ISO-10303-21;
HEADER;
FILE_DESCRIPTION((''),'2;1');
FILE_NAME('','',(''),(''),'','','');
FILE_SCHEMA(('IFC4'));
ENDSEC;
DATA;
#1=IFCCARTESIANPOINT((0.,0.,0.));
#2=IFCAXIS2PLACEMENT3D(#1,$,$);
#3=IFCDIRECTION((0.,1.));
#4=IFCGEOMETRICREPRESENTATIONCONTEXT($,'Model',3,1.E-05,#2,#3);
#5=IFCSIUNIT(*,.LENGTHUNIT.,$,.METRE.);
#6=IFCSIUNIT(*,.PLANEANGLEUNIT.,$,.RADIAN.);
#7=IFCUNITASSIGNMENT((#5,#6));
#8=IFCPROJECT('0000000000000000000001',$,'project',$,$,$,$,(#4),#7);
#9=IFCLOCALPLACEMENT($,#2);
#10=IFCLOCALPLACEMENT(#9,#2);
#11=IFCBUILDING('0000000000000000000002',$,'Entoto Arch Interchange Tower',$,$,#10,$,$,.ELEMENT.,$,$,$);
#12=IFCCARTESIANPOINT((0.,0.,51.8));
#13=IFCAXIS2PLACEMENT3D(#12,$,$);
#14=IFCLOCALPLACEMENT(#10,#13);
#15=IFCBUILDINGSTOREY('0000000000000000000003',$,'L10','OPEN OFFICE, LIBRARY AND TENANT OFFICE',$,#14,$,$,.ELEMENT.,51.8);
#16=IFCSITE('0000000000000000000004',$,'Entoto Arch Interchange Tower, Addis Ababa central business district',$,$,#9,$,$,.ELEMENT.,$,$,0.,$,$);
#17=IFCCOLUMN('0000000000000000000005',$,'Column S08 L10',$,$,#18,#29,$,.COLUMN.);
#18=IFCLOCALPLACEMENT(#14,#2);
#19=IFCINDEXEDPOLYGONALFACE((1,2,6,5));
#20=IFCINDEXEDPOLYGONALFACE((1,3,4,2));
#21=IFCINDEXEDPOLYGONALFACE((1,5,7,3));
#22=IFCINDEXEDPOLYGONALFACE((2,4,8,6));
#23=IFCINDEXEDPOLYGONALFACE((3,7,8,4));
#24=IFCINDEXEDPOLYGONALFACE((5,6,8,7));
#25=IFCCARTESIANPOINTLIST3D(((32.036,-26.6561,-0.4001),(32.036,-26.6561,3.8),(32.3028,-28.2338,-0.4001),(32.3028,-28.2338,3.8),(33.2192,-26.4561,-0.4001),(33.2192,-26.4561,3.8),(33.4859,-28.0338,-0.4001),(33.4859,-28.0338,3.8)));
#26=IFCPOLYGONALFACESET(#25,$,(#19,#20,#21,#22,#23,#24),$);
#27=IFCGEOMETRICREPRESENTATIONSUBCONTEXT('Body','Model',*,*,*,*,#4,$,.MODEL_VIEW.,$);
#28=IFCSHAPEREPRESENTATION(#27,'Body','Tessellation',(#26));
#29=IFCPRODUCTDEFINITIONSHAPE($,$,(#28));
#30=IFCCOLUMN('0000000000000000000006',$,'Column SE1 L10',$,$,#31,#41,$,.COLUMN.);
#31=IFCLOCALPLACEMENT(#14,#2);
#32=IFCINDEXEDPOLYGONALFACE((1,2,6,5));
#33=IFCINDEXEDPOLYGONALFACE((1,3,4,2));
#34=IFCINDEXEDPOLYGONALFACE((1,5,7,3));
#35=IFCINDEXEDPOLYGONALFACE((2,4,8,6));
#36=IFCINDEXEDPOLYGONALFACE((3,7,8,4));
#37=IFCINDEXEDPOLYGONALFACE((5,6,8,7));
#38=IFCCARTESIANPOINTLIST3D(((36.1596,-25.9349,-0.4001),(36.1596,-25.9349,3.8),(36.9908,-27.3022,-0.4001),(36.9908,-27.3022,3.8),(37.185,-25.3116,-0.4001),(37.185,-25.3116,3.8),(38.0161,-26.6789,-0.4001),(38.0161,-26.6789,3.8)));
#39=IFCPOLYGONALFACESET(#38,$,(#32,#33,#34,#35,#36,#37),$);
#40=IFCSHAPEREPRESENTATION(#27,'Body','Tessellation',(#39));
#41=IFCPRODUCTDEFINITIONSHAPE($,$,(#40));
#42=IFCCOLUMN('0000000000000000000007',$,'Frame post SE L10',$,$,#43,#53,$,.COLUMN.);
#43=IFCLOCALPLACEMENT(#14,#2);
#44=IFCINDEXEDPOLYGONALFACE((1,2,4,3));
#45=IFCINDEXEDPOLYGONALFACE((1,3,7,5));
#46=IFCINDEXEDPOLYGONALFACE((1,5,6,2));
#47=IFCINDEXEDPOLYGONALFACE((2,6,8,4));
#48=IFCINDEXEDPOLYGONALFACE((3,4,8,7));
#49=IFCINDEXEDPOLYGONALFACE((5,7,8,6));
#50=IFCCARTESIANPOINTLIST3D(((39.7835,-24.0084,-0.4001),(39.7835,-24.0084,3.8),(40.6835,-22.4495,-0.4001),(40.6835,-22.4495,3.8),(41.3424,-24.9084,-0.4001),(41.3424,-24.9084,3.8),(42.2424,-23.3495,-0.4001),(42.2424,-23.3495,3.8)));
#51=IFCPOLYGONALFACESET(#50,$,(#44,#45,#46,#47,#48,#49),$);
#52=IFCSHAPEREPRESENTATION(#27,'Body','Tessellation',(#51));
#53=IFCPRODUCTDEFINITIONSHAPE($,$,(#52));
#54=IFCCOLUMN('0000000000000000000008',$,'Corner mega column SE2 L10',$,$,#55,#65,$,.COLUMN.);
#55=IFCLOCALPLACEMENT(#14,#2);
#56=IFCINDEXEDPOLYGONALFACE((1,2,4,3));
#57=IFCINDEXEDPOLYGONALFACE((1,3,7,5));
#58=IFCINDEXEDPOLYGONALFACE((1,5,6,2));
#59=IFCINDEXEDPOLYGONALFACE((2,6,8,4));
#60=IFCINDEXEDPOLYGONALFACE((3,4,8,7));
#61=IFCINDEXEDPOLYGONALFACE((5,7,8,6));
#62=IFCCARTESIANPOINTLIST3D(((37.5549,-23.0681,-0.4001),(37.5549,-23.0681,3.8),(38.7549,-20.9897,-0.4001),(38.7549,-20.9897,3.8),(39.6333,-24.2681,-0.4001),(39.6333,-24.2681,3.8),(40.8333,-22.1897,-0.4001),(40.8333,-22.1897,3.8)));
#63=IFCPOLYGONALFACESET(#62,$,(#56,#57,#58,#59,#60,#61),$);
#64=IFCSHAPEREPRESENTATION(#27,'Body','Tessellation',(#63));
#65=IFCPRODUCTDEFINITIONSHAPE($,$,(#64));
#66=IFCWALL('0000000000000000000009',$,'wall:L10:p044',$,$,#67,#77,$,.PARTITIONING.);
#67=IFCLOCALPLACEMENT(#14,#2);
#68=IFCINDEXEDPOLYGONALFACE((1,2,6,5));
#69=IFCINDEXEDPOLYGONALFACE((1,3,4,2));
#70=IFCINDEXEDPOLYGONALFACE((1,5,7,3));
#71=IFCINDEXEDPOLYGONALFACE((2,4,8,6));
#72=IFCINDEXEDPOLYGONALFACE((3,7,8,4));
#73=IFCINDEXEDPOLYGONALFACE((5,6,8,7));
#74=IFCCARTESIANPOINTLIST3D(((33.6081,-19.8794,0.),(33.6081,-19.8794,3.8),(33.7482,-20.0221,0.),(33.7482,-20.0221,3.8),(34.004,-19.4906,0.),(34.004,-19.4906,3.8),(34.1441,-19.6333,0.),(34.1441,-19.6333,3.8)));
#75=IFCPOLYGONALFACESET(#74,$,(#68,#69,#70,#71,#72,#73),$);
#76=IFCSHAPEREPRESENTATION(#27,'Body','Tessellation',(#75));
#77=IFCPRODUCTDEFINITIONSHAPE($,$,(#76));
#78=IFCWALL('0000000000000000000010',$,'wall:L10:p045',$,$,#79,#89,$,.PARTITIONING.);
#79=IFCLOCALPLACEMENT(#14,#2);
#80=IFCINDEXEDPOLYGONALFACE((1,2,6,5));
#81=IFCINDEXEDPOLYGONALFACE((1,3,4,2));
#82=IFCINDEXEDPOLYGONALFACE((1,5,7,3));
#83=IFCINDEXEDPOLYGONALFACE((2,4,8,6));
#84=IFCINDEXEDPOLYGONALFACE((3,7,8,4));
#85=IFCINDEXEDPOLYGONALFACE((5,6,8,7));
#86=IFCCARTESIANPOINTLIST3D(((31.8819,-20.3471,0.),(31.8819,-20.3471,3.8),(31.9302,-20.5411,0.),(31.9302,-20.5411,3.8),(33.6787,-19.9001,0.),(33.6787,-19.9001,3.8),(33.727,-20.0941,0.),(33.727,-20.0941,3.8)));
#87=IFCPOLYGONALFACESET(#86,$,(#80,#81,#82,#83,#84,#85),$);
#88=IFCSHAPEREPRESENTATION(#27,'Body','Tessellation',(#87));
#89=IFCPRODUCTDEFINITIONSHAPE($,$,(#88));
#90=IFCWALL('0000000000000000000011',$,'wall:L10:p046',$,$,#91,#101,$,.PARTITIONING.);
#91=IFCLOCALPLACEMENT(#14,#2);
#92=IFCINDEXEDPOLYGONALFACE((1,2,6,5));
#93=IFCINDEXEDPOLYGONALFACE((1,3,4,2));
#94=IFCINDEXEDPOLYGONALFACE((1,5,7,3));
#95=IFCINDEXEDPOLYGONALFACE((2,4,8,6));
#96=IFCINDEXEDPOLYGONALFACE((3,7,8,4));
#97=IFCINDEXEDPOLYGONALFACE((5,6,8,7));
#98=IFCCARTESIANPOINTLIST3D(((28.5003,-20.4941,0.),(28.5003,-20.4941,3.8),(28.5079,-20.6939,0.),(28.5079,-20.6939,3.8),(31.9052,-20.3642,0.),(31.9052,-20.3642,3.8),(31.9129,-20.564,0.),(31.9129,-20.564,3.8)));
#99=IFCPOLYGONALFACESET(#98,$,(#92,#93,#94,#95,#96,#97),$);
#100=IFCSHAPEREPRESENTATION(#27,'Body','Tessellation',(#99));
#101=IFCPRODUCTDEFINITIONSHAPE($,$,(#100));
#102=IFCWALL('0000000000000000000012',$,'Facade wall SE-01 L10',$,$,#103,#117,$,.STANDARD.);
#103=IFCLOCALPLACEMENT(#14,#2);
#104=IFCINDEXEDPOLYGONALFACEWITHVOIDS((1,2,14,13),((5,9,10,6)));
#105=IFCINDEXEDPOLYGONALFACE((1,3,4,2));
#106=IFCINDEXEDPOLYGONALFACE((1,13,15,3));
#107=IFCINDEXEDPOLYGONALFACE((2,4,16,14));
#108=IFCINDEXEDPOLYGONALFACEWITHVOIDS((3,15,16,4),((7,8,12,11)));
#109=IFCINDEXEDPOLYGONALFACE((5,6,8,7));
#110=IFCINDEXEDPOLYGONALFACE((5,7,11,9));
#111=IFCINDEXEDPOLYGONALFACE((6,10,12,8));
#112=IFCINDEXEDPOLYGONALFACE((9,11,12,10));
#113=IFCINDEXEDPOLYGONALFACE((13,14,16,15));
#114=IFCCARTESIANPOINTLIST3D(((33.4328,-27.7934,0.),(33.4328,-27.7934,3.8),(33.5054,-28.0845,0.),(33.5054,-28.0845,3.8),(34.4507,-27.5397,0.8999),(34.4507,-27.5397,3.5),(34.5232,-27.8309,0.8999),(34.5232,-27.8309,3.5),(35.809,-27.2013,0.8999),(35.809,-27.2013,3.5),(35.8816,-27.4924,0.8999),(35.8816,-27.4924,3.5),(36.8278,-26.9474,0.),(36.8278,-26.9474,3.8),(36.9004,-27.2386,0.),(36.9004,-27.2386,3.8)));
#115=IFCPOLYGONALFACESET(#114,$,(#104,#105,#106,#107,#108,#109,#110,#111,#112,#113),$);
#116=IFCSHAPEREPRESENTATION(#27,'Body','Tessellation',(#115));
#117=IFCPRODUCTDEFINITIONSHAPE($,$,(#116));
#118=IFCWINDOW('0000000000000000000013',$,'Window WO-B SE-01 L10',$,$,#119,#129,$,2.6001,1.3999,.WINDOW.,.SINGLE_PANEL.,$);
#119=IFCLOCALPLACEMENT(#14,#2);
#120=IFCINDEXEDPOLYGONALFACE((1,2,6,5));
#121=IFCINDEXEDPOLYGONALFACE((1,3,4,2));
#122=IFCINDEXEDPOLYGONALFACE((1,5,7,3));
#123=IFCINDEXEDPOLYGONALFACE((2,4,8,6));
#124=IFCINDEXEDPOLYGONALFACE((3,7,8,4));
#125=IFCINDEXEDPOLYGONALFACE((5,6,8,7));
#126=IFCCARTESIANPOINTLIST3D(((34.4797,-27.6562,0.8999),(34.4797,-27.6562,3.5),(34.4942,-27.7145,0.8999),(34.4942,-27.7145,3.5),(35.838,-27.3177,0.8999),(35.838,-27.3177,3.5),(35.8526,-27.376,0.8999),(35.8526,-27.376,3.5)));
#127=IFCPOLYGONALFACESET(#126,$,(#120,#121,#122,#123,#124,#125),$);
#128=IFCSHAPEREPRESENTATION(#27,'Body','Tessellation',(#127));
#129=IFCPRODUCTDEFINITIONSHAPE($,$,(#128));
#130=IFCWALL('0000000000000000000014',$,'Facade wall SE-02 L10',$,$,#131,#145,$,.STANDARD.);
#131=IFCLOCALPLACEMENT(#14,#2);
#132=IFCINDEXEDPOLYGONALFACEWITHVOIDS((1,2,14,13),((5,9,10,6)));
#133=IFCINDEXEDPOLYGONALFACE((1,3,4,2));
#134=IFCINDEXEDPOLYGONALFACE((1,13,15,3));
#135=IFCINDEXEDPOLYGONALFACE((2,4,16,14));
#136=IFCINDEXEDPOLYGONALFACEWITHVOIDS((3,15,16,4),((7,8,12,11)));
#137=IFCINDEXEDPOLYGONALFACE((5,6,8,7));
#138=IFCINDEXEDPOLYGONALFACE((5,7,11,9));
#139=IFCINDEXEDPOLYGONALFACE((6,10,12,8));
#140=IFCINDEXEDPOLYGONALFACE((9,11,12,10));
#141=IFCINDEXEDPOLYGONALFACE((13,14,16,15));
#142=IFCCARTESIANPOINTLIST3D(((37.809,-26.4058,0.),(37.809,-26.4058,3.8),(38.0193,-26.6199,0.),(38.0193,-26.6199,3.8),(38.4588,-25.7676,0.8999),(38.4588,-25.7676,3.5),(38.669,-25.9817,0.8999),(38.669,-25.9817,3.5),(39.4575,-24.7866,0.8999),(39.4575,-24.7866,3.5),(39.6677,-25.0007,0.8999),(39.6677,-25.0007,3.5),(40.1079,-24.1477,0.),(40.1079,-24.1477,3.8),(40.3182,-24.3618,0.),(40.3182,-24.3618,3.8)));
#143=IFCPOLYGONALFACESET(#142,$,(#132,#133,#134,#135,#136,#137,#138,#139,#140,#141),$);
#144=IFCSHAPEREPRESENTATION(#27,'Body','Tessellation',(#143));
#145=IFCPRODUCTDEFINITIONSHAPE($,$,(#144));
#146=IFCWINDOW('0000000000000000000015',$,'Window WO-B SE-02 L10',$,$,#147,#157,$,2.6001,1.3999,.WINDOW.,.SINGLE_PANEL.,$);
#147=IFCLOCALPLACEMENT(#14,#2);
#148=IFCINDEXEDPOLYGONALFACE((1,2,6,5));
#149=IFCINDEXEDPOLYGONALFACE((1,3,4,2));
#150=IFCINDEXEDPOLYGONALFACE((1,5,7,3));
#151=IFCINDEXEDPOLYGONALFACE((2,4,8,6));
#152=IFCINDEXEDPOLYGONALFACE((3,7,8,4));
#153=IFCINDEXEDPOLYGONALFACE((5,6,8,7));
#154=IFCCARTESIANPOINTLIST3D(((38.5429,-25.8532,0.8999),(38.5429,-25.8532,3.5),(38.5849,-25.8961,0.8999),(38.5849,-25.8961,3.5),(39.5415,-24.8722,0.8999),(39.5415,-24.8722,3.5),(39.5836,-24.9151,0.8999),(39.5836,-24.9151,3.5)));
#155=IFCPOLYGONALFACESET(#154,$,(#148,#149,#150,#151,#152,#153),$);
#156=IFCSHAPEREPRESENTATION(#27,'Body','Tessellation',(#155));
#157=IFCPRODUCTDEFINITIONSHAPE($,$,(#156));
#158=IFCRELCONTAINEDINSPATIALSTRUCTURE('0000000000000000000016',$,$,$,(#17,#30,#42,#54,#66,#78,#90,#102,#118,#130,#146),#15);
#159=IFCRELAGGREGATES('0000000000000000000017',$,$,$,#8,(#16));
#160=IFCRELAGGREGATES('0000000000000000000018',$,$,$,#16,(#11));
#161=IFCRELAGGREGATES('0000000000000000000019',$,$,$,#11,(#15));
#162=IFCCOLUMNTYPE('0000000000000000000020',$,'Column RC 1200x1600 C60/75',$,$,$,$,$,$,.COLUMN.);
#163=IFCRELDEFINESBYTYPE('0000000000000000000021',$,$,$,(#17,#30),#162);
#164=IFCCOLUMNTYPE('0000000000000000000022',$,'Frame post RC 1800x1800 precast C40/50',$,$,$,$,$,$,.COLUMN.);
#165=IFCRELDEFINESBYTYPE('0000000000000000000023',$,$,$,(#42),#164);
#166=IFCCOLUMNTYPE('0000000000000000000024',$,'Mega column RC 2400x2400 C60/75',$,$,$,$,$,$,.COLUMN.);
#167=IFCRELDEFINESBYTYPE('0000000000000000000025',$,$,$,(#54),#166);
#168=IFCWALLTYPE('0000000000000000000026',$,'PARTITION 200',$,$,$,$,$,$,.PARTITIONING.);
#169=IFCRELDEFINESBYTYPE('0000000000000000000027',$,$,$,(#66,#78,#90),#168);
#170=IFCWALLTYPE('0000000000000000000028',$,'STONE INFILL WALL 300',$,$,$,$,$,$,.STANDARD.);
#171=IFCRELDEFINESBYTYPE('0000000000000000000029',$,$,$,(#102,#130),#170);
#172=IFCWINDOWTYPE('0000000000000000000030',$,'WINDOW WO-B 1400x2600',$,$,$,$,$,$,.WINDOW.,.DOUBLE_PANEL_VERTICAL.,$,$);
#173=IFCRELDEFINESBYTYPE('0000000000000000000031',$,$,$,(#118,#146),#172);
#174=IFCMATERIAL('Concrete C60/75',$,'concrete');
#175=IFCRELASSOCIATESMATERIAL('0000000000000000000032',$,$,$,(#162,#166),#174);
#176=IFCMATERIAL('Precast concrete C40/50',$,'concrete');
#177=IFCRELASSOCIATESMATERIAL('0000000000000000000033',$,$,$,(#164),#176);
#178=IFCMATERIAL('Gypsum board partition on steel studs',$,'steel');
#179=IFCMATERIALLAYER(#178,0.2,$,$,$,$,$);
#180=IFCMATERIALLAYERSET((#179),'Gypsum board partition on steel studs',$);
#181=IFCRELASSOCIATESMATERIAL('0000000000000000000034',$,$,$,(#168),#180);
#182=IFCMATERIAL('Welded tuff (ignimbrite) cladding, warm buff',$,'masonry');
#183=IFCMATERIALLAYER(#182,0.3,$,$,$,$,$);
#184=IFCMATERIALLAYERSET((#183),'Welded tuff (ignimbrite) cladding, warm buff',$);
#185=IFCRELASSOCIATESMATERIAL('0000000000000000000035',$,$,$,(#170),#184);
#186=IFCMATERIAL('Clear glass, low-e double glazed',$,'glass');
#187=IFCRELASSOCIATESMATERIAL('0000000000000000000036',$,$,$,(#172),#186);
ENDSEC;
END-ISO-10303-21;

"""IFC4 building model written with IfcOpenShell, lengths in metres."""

from ifc_helpers import new_model, si_unit, direction, frame, frame_2d, origin, origin_2d, place, context, subcontext, project, spatial, rectangle, extrude, material, layer, layer_set, material_profile, profile_set, type_object, element, fill, save


model = new_model("IFC4")

# Units and contexts
model_context = context("Model", 3, precision=1e-05, world=origin(), true_north=direction((0.0, 1.0)))
body_context = subcontext(model_context, "Body", "Model", "MODEL_VIEW")
ifc_project = project(units=[si_unit("LENGTHUNIT", "METRE"), si_unit("PLANEANGLEUNIT", "RADIAN")], contexts=[model_context])

# Site, building, storey
site_placement = place(None, origin())
site = spatial("IfcSite", under=ifc_project, at=site_placement, Name="Entoto Arch Interchange Tower, Addis Ababa central business district", CompositionType="ELEMENT", RefElevation=0.0)
building_placement = place(site_placement, origin())
building = spatial("IfcBuilding", under=site, at=building_placement, Name="Entoto Arch Interchange Tower", CompositionType="ELEMENT")
storey_placement = place(building_placement, frame((0.0, 0.0, 51.8)))
storey = spatial("IfcBuildingStorey", under=building, at=storey_placement, Name="L10", Description="OPEN OFFICE, LIBRARY AND TENANT OFFICE", CompositionType="ELEMENT", Elevation=51.8)

# Columns
ifc_material_1 = material(Name="Concrete C60/75", Category="concrete")
ifc_material_profile_1 = material_profile(ifc_material_1, rectangle(XDim=1.2, YDim=1.6001, at=origin_2d()))
ifc_profile_set_1 = profile_set([ifc_material_profile_1], Name="Concrete C60/75")
column_type_1 = type_object("IfcColumnType", Name="Column RC 1200x1600 C60/75", PredefinedType="COLUMN", material=ifc_profile_set_1)
for number, where, z_axis, x_axis, name in (
    (1, (32.761, -27.345, -0.4001), (0.0, 0.0, 1.0), (0.986005, 0.166717, 0.0), "Column S08 L10"),
    (2, (37.0879, -26.3069, -0.4001), (0.0, 0.0, 1.0), (0.854522, 0.519415, 0.0), "Column SE1 L10"),
):
    element("IfcColumn", number, at=place(storey_placement, frame(where, z_axis=z_axis, x_axis=x_axis)), inside=storey, type_object=column_type_1, Name=name, PredefinedType="COLUMN", context=body_context, shape_type="SweptSolid", body=[
        extrude(rectangle(XDim=1.2, YDim=1.6001, at=origin_2d()), origin(), (0.0, 0.0, 1.0), 4.2002),
    ])
ifc_material_2 = material(Name="Precast concrete C40/50", Category="concrete")
ifc_material_profile_2 = material_profile(ifc_material_2, rectangle(XDim=1.8, YDim=1.8, at=origin_2d()))
ifc_profile_set_2 = profile_set([ifc_material_profile_2], Name="Precast concrete C40/50")
column_type_2 = type_object("IfcColumnType", Name="Frame post RC 1800x1800 precast C40/50", PredefinedType="COLUMN", material=ifc_profile_set_2)
column_1_placement = place(storey_placement, frame((41.0129, -23.679, -0.4001), z_axis=(0.0, 0.0, 1.0), x_axis=(-0.866025, 0.5, 0.0)))
element("IfcColumn", 3, at=column_1_placement, inside=storey, type_object=column_type_2, Name="Frame post SE L10", PredefinedType="COLUMN", context=body_context, shape_type="SweptSolid", body=[
    extrude(rectangle(XDim=1.8, YDim=1.8, at=origin_2d()), origin(), (0.0, 0.0, 1.0), 4.2002),
])
ifc_material_profile_3 = material_profile(ifc_material_1, rectangle(XDim=2.3999, YDim=2.3999, at=origin_2d()))
ifc_profile_set_3 = profile_set([ifc_material_profile_3], Name="Concrete C60/75")
column_type_3 = type_object("IfcColumnType", Name="Mega column RC 2400x2400 C60/75", PredefinedType="COLUMN", material=ifc_profile_set_3)
column_2_placement = place(storey_placement, frame((39.1941, -22.6289, -0.4001), z_axis=(0.0, 0.0, 1.0), x_axis=(-0.866025, 0.5, 0.0)))
element("IfcColumn", 4, at=column_2_placement, inside=storey, type_object=column_type_3, Name="Corner mega column SE2 L10", PredefinedType="COLUMN", context=body_context, shape_type="SweptSolid", body=[
    extrude(rectangle(XDim=2.3999, YDim=2.3999, at=origin_2d()), origin(), (0.0, 0.0, 1.0), 4.2002),
])

# Walls
ifc_material_3 = material(Name="Gypsum board partition on steel studs", Category="steel")
ifc_layer_1 = layer(ifc_material_3, 0.2)
ifc_layer_set_1 = layer_set([ifc_layer_1], Name="Gypsum board partition on steel studs")
wall_type_1 = type_object("IfcWallType", Name="PARTITION 200", PredefinedType="PARTITIONING", material=ifc_layer_set_1)
wall_1_placement = place(storey_placement, frame((34.074, -19.562, 0.0), z_axis=(0.0, 0.0, 1.0), x_axis=(-0.713456, -0.7007, 0.0)))
element("IfcWall", 5, at=wall_1_placement, inside=storey, type_object=wall_type_1, Name="wall:L10:p044", PredefinedType="PARTITIONING", context=body_context, shape_type="SweptSolid", body=[
    extrude(rectangle(XDim=0.5549, YDim=0.2, at=frame_2d((0.2773, 0.0))), origin(), (0.0, 0.0, 1.0), 3.8),
])
wall_2_placement = place(storey_placement, frame((33.7029, -19.9971, 0.0), z_axis=(0.0, 0.0, 1.0), x_axis=(-0.970421, -0.241419, 0.0)))
element("IfcWall", 6, at=wall_2_placement, inside=storey, type_object=wall_type_1, Name="wall:L10:p045", PredefinedType="PARTITIONING", context=body_context, shape_type="SweptSolid", body=[
    extrude(rectangle(XDim=1.8516, YDim=0.2, at=frame_2d((0.9258, 0.0))), origin(), (0.0, 0.0, 1.0), 3.8),
])
wall_3_placement = place(storey_placement, frame((31.9089, -20.4641, 0.0), z_axis=(0.0, 0.0, 1.0), x_axis=(-0.999273, -0.038117, 0.0)))
element("IfcWall", 7, at=wall_3_placement, inside=storey, type_object=wall_type_1, Name="wall:L10:p046", PredefinedType="PARTITIONING", context=body_context, shape_type="SweptSolid", body=[
    extrude(rectangle(XDim=3.4075, YDim=0.2, at=frame_2d((1.7036, 0.0))), origin(), (0.0, 0.0, 1.0), 3.8),
])

# Walls, openings, windows
ifc_material_4 = material(Name="Welded tuff (ignimbrite) cladding, warm buff", Category="masonry")
ifc_layer_2 = layer(ifc_material_4, 0.3)
ifc_layer_set_2 = layer_set([ifc_layer_2], Name="Welded tuff (ignimbrite) cladding, warm buff")
wall_type_2 = type_object("IfcWallType", Name="STONE INFILL WALL 300", PredefinedType="STANDARD", material=ifc_layer_set_2)
wall_4_placement = place(storey_placement, frame((33.469, -27.939, 0.0), z_axis=(0.0, 0.0, 1.0), x_axis=(0.970331, 0.24178, 0.0)))
wall_4 = element("IfcWall", 8, at=wall_4_placement, inside=storey, type_object=wall_type_2, Name="Facade wall SE-01 L10", PredefinedType="STANDARD", context=body_context, shape_type="SweptSolid", body=[
    extrude(rectangle(XDim=3.4988, YDim=0.3, at=frame_2d((1.7495, 0.0))), origin(), (0.0, 0.0, 1.0), 3.8),
])
opening_1_placement = place(wall_4_placement, frame((1.0491, 0.0, 0.8999)))
opening_1 = element("IfcOpeningElement", 9, at=opening_1_placement, cuts=wall_4, PredefinedType="OPENING", context=body_context, shape_type="SweptSolid", body=[
    extrude(rectangle(XDim=1.3999, YDim=2.6001, at=frame_2d((0.7, 1.3))), frame((0.0, 0.1602, 0.0), z_axis=(0.0, -1.0, 0.0), x_axis=(1.0, 0.0, 0.0)), (0.0, 0.0, 1.0), 0.3201),
])
ifc_material_5 = material(Name="Clear glass, low-e double glazed", Category="glass")
window_type = type_object("IfcWindowType", Name="WINDOW WO-B 1400x2600", PartitioningType="DOUBLE_PANEL_VERTICAL", PredefinedType="WINDOW", material=ifc_material_5)
window_1_placement = place(opening_1_placement, origin())
window_1 = element("IfcWindow", 10, at=window_1_placement, inside=storey, type_object=window_type, Name="Window WO-B SE-01 L10", OverallHeight=2.6001, OverallWidth=1.3999, PartitioningType="SINGLE_PANEL", PredefinedType="WINDOW", context=body_context, shape_type="SweptSolid", body=[
    extrude(rectangle(XDim=1.3999, YDim=2.6001, at=frame_2d((0.7, 1.3))), frame((0.0, 0.03, 0.0), z_axis=(0.0, -1.0, 0.0), x_axis=(1.0, 0.0, 0.0)), (0.0, 0.0, 1.0), 0.0601),
])
fill(opening_1, window_1)
wall_5_placement = place(storey_placement, frame((37.9141, -26.5129, 0.0), z_axis=(0.0, 0.0, 1.0), x_axis=(0.713405, 0.700752, 0.0)))
wall_5 = element("IfcWall", 11, at=wall_5_placement, inside=storey, type_object=wall_type_2, Name="Facade wall SE-02 L10", PredefinedType="STANDARD", context=body_context, shape_type="SweptSolid", body=[
    extrude(rectangle(XDim=3.2224, YDim=0.3, at=frame_2d((1.6113, 0.0))), origin(), (0.0, 0.0, 1.0), 3.8),
])
opening_2_placement = place(wall_5_placement, frame((0.9109, 0.0, 0.8999)))
opening_2 = element("IfcOpeningElement", 12, at=opening_2_placement, cuts=wall_5, PredefinedType="OPENING", context=body_context, shape_type="SweptSolid", body=[
    extrude(rectangle(XDim=1.3999, YDim=2.6001, at=frame_2d((0.7, 1.3))), frame((0.0, 0.1602, 0.0), z_axis=(0.0, -1.0, 0.0), x_axis=(1.0, 0.0, 0.0)), (0.0, 0.0, 1.0), 0.3201),
])
window_2_placement = place(opening_2_placement, origin())
window_2 = element("IfcWindow", 13, at=window_2_placement, inside=storey, type_object=window_type, Name="Window WO-B SE-02 L10", OverallHeight=2.6001, OverallWidth=1.3999, PartitioningType="SINGLE_PANEL", PredefinedType="WINDOW", context=body_context, shape_type="SweptSolid", body=[
    extrude(rectangle(XDim=1.3999, YDim=2.6001, at=frame_2d((0.7, 1.3))), frame((0.0, 0.03, 0.0), z_axis=(0.0, -1.0, 0.0), x_axis=(1.0, 0.0, 0.0)), (0.0, 0.0, 1.0), 0.0601),
])
fill(opening_2, window_2)

save(model, "model.ifc")
